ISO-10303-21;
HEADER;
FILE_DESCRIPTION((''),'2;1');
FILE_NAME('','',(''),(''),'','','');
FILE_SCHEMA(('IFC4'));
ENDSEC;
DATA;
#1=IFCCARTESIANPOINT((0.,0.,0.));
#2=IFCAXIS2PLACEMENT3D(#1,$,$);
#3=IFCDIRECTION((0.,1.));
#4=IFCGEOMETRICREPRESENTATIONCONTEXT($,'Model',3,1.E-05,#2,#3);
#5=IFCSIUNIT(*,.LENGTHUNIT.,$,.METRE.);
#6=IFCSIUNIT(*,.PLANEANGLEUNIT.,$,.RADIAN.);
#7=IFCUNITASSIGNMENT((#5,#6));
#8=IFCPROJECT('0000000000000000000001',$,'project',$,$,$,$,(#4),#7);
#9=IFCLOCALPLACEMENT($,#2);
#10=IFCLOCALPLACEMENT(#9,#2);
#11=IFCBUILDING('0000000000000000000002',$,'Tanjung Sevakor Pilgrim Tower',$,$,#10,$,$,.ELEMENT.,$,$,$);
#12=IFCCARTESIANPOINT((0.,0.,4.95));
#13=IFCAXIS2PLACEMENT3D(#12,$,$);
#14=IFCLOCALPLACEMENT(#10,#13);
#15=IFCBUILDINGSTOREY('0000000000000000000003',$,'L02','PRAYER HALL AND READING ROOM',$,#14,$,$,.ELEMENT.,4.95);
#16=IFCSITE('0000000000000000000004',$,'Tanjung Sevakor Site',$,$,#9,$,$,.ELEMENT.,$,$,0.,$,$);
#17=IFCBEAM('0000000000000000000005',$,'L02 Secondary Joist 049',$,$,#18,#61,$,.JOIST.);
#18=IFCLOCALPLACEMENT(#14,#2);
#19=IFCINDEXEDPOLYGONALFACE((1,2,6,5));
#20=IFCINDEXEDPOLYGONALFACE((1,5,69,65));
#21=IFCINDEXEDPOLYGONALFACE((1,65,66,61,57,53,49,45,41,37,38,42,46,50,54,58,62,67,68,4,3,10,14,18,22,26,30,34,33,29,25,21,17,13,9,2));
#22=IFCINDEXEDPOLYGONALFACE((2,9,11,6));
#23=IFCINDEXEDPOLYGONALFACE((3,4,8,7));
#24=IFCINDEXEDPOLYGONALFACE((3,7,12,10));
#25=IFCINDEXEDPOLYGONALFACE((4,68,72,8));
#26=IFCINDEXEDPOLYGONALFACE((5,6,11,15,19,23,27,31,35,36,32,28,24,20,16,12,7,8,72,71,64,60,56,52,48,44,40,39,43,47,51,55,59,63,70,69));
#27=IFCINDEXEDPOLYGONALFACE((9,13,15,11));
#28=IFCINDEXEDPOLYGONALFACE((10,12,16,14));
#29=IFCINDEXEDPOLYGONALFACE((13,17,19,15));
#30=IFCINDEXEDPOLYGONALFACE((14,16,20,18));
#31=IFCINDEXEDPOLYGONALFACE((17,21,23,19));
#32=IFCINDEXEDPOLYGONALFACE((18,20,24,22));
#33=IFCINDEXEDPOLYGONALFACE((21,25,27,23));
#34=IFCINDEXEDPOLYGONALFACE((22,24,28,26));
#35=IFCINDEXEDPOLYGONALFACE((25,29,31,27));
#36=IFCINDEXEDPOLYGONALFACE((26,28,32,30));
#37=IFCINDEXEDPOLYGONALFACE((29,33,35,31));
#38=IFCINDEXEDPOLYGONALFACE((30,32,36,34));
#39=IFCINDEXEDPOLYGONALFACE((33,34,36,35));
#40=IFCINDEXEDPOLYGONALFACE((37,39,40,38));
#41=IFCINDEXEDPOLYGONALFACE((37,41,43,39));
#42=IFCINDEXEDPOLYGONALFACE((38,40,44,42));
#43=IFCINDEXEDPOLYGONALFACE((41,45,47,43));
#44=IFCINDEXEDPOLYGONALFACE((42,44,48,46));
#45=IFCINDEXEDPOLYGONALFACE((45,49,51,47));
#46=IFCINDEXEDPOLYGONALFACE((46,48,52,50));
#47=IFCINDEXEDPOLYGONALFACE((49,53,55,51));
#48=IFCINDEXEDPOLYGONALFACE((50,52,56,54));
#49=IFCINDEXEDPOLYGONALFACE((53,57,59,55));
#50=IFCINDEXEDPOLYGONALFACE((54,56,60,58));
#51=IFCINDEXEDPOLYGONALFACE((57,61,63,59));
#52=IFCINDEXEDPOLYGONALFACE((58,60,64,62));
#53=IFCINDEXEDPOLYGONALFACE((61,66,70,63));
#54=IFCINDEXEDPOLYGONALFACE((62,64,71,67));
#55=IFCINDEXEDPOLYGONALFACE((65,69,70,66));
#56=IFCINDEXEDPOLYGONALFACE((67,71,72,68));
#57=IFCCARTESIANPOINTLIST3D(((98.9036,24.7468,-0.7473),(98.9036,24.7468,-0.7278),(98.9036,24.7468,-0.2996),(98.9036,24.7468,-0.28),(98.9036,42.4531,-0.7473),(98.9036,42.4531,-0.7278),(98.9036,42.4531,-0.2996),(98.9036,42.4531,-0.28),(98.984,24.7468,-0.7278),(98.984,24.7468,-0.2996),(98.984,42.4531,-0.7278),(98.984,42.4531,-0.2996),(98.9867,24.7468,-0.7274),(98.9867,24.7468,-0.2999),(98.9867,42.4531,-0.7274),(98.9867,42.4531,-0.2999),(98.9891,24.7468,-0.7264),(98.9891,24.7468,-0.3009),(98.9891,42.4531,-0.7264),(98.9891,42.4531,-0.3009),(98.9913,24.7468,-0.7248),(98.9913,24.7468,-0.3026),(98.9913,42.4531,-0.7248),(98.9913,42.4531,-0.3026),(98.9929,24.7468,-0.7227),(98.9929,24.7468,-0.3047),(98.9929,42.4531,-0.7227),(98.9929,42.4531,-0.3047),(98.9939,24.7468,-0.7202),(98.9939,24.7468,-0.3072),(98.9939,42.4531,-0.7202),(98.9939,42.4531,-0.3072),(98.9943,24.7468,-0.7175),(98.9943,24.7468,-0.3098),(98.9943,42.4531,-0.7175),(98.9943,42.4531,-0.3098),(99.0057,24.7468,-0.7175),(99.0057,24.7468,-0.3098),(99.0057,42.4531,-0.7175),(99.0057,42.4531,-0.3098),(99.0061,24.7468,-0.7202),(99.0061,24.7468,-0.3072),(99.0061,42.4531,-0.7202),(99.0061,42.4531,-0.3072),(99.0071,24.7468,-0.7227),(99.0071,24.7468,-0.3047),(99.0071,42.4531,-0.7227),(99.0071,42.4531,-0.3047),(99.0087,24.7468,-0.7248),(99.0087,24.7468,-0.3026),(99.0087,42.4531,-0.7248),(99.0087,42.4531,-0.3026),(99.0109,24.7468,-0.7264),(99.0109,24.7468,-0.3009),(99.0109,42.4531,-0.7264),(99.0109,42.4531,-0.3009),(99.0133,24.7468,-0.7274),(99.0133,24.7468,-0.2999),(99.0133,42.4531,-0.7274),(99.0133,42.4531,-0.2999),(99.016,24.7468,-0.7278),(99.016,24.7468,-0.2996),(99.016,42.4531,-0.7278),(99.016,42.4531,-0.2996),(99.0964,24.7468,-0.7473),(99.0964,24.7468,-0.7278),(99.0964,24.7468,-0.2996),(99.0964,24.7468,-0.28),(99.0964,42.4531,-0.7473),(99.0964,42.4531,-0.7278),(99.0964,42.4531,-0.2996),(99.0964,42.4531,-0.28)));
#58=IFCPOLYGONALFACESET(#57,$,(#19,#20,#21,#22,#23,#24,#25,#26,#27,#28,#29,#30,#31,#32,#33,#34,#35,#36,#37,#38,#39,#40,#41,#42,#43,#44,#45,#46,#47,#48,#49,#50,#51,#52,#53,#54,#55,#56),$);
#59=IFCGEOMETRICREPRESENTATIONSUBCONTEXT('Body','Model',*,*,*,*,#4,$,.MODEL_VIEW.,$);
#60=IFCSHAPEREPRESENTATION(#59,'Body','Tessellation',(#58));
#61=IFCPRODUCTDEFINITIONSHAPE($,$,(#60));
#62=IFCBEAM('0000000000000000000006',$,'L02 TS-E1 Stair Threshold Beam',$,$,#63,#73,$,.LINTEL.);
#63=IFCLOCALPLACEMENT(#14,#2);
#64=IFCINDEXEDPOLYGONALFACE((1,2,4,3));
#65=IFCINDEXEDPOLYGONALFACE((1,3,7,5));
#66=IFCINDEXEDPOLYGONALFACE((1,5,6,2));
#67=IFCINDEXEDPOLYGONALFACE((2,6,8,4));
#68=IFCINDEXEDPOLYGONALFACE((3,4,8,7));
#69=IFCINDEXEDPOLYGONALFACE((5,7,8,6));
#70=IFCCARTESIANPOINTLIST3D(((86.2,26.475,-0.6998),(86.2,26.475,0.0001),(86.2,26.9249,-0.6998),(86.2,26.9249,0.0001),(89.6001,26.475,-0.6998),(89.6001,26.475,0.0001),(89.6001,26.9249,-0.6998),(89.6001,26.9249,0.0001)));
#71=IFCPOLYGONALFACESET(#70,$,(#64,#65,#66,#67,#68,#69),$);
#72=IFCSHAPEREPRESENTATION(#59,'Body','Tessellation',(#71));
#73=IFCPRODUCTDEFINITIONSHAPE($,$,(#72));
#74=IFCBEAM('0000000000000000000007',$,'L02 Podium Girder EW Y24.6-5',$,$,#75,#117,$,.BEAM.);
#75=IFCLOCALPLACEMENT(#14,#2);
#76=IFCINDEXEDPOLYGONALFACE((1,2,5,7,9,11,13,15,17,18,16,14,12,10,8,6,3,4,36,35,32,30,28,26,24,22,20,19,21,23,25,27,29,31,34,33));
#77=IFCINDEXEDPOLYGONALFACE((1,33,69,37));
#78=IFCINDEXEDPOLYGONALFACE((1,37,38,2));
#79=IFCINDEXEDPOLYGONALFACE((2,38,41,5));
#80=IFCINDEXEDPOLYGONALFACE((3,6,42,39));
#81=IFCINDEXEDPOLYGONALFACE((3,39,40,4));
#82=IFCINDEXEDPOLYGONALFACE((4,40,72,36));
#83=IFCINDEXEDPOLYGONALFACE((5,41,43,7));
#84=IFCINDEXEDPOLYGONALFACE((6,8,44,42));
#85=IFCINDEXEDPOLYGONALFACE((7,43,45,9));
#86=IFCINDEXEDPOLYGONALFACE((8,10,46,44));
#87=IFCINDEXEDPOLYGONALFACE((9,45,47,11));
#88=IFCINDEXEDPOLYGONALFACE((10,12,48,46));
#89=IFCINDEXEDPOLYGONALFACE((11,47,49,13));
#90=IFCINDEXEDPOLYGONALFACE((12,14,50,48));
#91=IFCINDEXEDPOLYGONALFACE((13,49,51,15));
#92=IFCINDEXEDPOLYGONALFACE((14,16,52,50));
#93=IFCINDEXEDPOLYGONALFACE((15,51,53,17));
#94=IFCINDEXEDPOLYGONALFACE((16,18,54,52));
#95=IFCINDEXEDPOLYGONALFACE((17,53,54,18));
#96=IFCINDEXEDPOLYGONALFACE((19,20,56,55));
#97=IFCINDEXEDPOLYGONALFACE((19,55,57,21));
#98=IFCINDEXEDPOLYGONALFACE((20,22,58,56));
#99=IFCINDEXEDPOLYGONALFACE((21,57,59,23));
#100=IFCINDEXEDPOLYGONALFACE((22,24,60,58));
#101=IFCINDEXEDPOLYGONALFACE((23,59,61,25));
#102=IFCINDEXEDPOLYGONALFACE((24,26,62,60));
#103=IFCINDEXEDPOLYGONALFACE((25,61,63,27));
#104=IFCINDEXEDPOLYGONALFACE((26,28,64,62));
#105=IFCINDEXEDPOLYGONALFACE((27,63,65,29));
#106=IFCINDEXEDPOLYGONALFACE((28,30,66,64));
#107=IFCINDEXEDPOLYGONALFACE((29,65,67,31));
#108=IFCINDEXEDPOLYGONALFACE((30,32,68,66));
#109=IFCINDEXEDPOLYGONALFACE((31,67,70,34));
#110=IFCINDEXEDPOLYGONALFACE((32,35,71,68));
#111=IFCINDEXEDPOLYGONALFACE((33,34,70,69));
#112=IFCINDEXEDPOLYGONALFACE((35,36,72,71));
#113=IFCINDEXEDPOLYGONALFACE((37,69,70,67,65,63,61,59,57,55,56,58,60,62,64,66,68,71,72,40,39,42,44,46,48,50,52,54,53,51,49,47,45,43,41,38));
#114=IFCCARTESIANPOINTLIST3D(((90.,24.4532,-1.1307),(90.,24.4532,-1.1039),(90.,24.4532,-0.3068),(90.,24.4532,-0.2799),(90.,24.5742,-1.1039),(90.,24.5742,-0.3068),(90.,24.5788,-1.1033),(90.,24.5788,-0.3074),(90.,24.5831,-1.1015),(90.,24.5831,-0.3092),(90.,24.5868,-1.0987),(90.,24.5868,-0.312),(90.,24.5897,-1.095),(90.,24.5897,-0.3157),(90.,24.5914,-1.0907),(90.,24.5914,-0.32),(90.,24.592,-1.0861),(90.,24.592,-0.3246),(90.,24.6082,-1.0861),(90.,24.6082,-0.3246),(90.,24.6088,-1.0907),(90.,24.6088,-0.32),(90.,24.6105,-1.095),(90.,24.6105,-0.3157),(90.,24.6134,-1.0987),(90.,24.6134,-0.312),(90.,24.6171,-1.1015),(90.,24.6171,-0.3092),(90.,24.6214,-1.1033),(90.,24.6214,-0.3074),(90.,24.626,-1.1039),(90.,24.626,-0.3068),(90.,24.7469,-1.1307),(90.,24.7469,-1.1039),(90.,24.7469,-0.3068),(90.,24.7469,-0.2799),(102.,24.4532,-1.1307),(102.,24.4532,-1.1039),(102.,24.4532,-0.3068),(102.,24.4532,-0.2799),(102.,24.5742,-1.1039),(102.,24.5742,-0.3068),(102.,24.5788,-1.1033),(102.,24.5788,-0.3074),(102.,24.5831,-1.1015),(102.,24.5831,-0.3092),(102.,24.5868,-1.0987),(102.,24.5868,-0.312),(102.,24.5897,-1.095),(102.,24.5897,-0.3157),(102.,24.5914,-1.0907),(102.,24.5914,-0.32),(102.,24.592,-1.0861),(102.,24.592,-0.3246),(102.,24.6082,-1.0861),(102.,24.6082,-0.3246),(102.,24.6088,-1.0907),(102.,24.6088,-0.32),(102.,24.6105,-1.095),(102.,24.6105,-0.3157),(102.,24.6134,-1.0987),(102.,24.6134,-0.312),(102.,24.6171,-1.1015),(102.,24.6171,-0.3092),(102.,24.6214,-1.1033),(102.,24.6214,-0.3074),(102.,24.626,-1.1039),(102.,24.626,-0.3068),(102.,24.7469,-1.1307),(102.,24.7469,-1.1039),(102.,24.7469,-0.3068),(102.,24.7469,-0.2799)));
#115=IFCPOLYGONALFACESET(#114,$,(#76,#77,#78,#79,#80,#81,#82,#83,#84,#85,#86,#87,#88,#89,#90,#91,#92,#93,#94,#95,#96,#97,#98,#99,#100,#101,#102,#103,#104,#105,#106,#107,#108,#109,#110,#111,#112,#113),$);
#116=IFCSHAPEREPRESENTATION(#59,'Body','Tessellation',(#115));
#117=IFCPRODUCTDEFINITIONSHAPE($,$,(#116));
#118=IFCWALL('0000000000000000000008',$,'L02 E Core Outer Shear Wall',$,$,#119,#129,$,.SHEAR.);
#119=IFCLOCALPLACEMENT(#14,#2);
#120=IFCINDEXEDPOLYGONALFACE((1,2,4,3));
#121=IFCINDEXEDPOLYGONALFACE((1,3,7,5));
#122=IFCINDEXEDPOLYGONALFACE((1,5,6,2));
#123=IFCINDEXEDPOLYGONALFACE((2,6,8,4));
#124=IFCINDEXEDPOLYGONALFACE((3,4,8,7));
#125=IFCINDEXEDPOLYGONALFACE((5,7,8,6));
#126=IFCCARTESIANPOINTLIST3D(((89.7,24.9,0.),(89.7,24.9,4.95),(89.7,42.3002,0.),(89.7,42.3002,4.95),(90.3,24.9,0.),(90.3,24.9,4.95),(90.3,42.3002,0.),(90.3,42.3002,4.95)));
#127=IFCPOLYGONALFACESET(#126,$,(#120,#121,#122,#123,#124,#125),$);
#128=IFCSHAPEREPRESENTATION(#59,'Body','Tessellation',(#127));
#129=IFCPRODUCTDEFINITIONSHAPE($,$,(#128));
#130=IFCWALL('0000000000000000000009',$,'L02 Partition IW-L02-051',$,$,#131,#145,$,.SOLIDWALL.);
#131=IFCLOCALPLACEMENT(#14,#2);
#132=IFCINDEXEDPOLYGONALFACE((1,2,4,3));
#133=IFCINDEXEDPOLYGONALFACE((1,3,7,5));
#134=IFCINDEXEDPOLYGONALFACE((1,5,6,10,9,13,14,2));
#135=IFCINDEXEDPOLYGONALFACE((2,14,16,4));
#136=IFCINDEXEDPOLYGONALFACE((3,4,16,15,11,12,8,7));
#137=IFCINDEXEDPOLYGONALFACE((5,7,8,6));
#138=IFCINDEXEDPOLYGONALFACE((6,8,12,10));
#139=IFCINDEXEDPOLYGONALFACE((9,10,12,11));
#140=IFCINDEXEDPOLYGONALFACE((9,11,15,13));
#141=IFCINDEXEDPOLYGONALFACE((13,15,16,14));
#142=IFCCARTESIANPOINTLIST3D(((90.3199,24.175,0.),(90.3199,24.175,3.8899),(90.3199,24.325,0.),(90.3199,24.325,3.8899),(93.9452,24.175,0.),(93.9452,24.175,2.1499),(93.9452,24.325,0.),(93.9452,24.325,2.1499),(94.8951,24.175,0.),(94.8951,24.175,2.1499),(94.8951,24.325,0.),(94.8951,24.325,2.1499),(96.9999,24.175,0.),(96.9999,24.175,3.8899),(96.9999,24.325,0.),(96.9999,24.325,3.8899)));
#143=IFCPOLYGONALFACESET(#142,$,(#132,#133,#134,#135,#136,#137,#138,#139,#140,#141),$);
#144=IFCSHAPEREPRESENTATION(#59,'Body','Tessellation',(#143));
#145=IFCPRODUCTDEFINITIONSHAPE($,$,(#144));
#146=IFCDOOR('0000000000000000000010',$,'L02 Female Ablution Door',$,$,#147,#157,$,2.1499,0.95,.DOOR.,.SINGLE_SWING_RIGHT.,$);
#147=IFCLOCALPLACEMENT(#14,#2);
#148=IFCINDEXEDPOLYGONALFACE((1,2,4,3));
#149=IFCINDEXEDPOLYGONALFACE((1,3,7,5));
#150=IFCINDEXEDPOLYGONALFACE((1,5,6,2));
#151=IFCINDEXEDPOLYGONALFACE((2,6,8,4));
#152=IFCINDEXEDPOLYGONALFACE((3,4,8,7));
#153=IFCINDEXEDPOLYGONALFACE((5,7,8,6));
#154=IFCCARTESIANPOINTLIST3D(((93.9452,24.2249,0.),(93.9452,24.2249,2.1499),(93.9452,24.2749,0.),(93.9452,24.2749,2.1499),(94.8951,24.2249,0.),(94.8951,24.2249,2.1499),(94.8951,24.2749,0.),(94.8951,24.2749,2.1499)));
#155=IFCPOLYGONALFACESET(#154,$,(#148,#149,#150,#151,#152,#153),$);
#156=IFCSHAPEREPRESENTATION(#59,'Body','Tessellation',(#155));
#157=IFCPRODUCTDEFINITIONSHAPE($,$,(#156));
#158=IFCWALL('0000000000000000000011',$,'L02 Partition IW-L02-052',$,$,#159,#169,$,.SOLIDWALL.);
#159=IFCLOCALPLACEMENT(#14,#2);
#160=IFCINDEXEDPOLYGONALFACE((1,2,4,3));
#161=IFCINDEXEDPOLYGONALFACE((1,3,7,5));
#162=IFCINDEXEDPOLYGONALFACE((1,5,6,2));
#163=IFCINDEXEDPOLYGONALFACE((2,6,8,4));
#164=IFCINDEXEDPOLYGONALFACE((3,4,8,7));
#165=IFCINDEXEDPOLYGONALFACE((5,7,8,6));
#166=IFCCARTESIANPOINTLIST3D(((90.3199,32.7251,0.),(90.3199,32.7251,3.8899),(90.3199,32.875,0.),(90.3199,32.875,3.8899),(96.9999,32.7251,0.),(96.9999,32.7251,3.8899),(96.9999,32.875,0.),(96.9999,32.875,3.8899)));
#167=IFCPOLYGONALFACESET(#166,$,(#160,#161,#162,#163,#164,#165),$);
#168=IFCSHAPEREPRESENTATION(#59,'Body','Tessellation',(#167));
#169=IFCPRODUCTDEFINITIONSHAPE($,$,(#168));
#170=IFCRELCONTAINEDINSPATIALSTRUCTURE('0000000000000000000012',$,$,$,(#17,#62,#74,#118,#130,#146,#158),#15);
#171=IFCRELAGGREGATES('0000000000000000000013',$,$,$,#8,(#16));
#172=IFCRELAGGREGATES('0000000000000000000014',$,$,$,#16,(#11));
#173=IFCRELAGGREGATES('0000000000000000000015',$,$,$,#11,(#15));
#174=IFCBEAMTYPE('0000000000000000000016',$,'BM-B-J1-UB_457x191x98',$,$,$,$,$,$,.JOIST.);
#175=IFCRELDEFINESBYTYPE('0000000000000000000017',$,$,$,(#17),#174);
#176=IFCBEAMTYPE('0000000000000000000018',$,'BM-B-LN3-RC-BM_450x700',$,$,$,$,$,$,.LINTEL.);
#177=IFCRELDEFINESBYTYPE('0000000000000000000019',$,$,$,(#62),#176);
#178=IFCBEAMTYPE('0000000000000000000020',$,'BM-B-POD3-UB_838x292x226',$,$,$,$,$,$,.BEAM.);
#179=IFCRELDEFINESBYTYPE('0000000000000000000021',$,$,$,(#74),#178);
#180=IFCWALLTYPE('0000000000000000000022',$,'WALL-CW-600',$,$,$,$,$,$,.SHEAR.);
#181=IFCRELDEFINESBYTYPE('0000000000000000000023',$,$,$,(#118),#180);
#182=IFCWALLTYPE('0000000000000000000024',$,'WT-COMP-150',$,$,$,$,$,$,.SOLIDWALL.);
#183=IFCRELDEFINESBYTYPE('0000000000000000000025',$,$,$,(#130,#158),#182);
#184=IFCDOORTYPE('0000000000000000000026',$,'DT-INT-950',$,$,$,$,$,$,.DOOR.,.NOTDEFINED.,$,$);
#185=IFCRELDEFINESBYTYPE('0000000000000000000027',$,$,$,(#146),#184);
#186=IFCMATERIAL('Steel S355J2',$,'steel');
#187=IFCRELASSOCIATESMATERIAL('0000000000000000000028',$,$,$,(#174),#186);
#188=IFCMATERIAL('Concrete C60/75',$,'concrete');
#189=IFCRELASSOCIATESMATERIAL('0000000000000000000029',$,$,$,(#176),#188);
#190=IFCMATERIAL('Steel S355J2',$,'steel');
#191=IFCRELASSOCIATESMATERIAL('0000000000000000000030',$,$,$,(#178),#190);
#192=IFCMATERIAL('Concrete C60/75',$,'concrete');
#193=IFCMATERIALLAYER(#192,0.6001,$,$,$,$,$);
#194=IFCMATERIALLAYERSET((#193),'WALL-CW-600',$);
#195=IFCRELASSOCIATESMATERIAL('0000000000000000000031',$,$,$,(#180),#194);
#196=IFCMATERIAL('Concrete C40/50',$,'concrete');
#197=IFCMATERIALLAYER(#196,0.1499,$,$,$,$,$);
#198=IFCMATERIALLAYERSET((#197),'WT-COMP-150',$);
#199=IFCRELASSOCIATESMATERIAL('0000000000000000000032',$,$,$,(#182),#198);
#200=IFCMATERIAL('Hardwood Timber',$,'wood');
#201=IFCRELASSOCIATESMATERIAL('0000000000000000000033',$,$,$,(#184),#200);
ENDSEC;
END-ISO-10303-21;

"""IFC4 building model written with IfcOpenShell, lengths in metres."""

from ifc_helpers import new_model, si_unit, direction, frame, frame_2d, origin, origin_2d, place, context, subcontext, project, spatial, rectangle, i_section, extrude, material, layer, layer_set, material_profile, profile_set, type_object, element, fill, save


model = new_model("IFC4")

# Units and contexts
model_context = context("Model", 3, precision=1e-05, world=origin(), true_north=direction((0.0, 1.0)))
body_context = subcontext(model_context, "Body", "Model", "MODEL_VIEW")
ifc_project = project(units=[si_unit("LENGTHUNIT", "METRE"), si_unit("PLANEANGLEUNIT", "RADIAN")], contexts=[model_context])

# Site, building, storey
site_placement = place(None, origin())
site = spatial("IfcSite", under=ifc_project, at=site_placement, Name="Tanjung Sevakor Site", CompositionType="ELEMENT", RefElevation=0.0)
building_placement = place(site_placement, origin())
building = spatial("IfcBuilding", under=site, at=building_placement, Name="Tanjung Sevakor Pilgrim Tower", CompositionType="ELEMENT")
storey_placement = place(building_placement, frame((0.0, 0.0, 4.95)))
storey = spatial("IfcBuildingStorey", under=building, at=storey_placement, Name="L02", Description="PRAYER HALL AND READING ROOM", CompositionType="ELEMENT", Elevation=4.95)

# Beams
ifc_material_1 = material(Name="Steel S355J2", Category="steel")
ifc_material_profile_1 = material_profile(ifc_material_1, i_section(OverallWidth=0.1929, OverallDepth=0.4673, WebThickness=0.0115, FlangeThickness=0.0195, FilletRadius=0.0103, at=origin_2d()))
ifc_profile_set_1 = profile_set([ifc_material_profile_1], Name="Steel S355J2")
beam_type_1 = type_object("IfcBeamType", Name="BM-B-J1-UB_457x191x98", PredefinedType="JOIST", material=ifc_profile_set_1)
for number, where, z_axis, x_axis, name in (
    (1, (99.0, 24.7468, -0.5137), (0.0, 1.0, 0.0), (-1.0, 0.0, 0.0), "L02 Secondary Joist 049"),
):
    element("IfcBeam", number, at=place(storey_placement, frame(where, z_axis=z_axis, x_axis=x_axis)), inside=storey, type_object=beam_type_1, Name=name, PredefinedType="JOIST", context=body_context, shape_type="SweptSolid", body=[
        extrude(i_section(OverallWidth=0.1929, OverallDepth=0.4673, WebThickness=0.0115, FlangeThickness=0.0195, FilletRadius=0.0103, at=origin_2d()), origin(), (0.0, 0.0, 1.0), 17.7063),
    ])
ifc_material_2 = material(Name="Concrete C60/75", Category="concrete")
ifc_material_profile_2 = material_profile(ifc_material_2, rectangle(XDim=0.45, YDim=0.7, at=origin_2d()))
ifc_profile_set_2 = profile_set([ifc_material_profile_2], Name="Concrete C60/75")
beam_type_2 = type_object("IfcBeamType", Name="BM-B-LN3-RC-BM_450x700", PredefinedType="LINTEL", material=ifc_profile_set_2)
beam_1_placement = place(storey_placement, frame((86.2, 26.7, -0.3499), z_axis=(1.0, 0.0, 0.0), x_axis=(0.0, 1.0, 0.0)))
element("IfcBeam", 2, at=beam_1_placement, inside=storey, type_object=beam_type_2, Name="L02 TS-E1 Stair Threshold Beam", PredefinedType="LINTEL", context=body_context, shape_type="SweptSolid", body=[
    extrude(rectangle(XDim=0.45, YDim=0.7, at=origin_2d()), origin(), (0.0, 0.0, 1.0), 3.4001),
])
ifc_material_3 = material(Name="Steel S355J2", Category="steel")
ifc_material_profile_3 = material_profile(ifc_material_3, i_section(OverallWidth=0.2937, OverallDepth=0.8508, WebThickness=0.0161, FlangeThickness=0.0269, FilletRadius=0.0178, at=origin_2d()))
ifc_profile_set_3 = profile_set([ifc_material_profile_3], Name="Steel S355J2")
beam_type_3 = type_object("IfcBeamType", Name="BM-B-POD3-UB_838x292x226", PredefinedType="BEAM", material=ifc_profile_set_3)
beam_2_placement = place(storey_placement, frame((90.0, 24.6001, -0.7053), z_axis=(1.0, 0.0, 0.0), x_axis=(0.0, 1.0, 0.0)))
element("IfcBeam", 3, at=beam_2_placement, inside=storey, type_object=beam_type_3, Name="L02 Podium Girder EW Y24.6-5", PredefinedType="BEAM", context=body_context, shape_type="SweptSolid", body=[
    extrude(i_section(OverallWidth=0.2937, OverallDepth=0.8508, WebThickness=0.0161, FlangeThickness=0.0269, FilletRadius=0.0178, at=origin_2d()), origin(), (0.0, 0.0, 1.0), 12.0),
])

# Wall
ifc_material_4 = material(Name="Concrete C60/75", Category="concrete")
ifc_layer_1 = layer(ifc_material_4, 0.6001)
ifc_layer_set_1 = layer_set([ifc_layer_1], Name="WALL-CW-600")
wall_type_1 = type_object("IfcWallType", Name="WALL-CW-600", PredefinedType="SHEAR", material=ifc_layer_set_1)
wall_1_placement = place(storey_placement, frame((90.0, 24.8999, 0.0), z_axis=(0.0, 0.0, 1.0), x_axis=(0.0, 1.0, 0.0)))
element("IfcWall", 4, at=wall_1_placement, inside=storey, type_object=wall_type_1, Name="L02 E Core Outer Shear Wall", PredefinedType="SHEAR", context=body_context, shape_type="SweptSolid", body=[
    extrude(rectangle(XDim=17.4001, YDim=0.6001, at=frame_2d((8.7002, 0.0))), origin(), (0.0, 0.0, 1.0), 4.95),
])

# Wall, opening, door
ifc_material_5 = material(Name="Concrete C40/50", Category="concrete")
ifc_layer_2 = layer(ifc_material_5, 0.1499)
ifc_layer_set_2 = layer_set([ifc_layer_2], Name="WT-COMP-150")
wall_type_2 = type_object("IfcWallType", Name="WT-COMP-150", PredefinedType="SOLIDWALL", material=ifc_layer_set_2)
wall_2_placement = place(storey_placement, frame((90.3201, 24.25, 0.0), z_axis=(0.0, 0.0, 1.0), x_axis=(1.0, 0.0, 0.0)))
wall_2 = element("IfcWall", 5, at=wall_2_placement, inside=storey, type_object=wall_type_2, Name="L02 Partition IW-L02-051", PredefinedType="SOLIDWALL", context=body_context, shape_type="SweptSolid", body=[
    extrude(rectangle(XDim=6.6799, YDim=0.1499, at=frame_2d((3.3398, 0.0))), origin(), (0.0, 0.0, 1.0), 3.8899),
])
opening_1_placement = place(wall_2_placement, frame((3.625, 0.0, 0.0)))
opening_1 = element("IfcOpeningElement", 6, at=opening_1_placement, cuts=wall_2, PredefinedType="OPENING", context=body_context, shape_type="SweptSolid", body=[
    extrude(rectangle(XDim=0.95, YDim=2.1499, at=frame_2d((0.4751, 1.075))), frame((0.0, 0.085, 0.0), z_axis=(0.0, -1.0, 0.0), x_axis=(1.0, 0.0, 0.0)), (0.0, 0.0, 1.0), 0.1699),
])
ifc_material_6 = material(Name="Hardwood Timber", Category="wood")
door_type_1 = type_object("IfcDoorType", Name="DT-INT-950", OperationType="NOTDEFINED", PredefinedType="DOOR", material=ifc_material_6)
door_1_placement = place(opening_1_placement, origin())
door_1 = element("IfcDoor", 7, at=door_1_placement, inside=storey, type_object=door_type_1, Name="L02 Female Ablution Door", OperationType="SINGLE_SWING_RIGHT", OverallHeight=2.1499, OverallWidth=0.95, PredefinedType="DOOR", context=body_context, shape_type="SweptSolid", body=[
    extrude(rectangle(XDim=0.95, YDim=2.1499, at=frame_2d((0.4751, 1.075))), frame((0.0, 0.0249, 0.0), z_axis=(0.0, -1.0, 0.0), x_axis=(1.0, 0.0, 0.0)), (0.0, 0.0, 1.0), 0.05),
])
fill(opening_1, door_1)

# Wall
wall_3_placement = place(storey_placement, frame((90.3201, 32.8, 0.0), z_axis=(0.0, 0.0, 1.0), x_axis=(1.0, 0.0, 0.0)))
element("IfcWall", 8, at=wall_3_placement, inside=storey, type_object=wall_type_2, Name="L02 Partition IW-L02-052", PredefinedType="SOLIDWALL", context=body_context, shape_type="SweptSolid", body=[
    extrude(rectangle(XDim=6.6799, YDim=0.1499, at=frame_2d((3.3398, 0.0))), origin(), (0.0, 0.0, 1.0), 3.8899),
])

save(model, "model.ifc")
